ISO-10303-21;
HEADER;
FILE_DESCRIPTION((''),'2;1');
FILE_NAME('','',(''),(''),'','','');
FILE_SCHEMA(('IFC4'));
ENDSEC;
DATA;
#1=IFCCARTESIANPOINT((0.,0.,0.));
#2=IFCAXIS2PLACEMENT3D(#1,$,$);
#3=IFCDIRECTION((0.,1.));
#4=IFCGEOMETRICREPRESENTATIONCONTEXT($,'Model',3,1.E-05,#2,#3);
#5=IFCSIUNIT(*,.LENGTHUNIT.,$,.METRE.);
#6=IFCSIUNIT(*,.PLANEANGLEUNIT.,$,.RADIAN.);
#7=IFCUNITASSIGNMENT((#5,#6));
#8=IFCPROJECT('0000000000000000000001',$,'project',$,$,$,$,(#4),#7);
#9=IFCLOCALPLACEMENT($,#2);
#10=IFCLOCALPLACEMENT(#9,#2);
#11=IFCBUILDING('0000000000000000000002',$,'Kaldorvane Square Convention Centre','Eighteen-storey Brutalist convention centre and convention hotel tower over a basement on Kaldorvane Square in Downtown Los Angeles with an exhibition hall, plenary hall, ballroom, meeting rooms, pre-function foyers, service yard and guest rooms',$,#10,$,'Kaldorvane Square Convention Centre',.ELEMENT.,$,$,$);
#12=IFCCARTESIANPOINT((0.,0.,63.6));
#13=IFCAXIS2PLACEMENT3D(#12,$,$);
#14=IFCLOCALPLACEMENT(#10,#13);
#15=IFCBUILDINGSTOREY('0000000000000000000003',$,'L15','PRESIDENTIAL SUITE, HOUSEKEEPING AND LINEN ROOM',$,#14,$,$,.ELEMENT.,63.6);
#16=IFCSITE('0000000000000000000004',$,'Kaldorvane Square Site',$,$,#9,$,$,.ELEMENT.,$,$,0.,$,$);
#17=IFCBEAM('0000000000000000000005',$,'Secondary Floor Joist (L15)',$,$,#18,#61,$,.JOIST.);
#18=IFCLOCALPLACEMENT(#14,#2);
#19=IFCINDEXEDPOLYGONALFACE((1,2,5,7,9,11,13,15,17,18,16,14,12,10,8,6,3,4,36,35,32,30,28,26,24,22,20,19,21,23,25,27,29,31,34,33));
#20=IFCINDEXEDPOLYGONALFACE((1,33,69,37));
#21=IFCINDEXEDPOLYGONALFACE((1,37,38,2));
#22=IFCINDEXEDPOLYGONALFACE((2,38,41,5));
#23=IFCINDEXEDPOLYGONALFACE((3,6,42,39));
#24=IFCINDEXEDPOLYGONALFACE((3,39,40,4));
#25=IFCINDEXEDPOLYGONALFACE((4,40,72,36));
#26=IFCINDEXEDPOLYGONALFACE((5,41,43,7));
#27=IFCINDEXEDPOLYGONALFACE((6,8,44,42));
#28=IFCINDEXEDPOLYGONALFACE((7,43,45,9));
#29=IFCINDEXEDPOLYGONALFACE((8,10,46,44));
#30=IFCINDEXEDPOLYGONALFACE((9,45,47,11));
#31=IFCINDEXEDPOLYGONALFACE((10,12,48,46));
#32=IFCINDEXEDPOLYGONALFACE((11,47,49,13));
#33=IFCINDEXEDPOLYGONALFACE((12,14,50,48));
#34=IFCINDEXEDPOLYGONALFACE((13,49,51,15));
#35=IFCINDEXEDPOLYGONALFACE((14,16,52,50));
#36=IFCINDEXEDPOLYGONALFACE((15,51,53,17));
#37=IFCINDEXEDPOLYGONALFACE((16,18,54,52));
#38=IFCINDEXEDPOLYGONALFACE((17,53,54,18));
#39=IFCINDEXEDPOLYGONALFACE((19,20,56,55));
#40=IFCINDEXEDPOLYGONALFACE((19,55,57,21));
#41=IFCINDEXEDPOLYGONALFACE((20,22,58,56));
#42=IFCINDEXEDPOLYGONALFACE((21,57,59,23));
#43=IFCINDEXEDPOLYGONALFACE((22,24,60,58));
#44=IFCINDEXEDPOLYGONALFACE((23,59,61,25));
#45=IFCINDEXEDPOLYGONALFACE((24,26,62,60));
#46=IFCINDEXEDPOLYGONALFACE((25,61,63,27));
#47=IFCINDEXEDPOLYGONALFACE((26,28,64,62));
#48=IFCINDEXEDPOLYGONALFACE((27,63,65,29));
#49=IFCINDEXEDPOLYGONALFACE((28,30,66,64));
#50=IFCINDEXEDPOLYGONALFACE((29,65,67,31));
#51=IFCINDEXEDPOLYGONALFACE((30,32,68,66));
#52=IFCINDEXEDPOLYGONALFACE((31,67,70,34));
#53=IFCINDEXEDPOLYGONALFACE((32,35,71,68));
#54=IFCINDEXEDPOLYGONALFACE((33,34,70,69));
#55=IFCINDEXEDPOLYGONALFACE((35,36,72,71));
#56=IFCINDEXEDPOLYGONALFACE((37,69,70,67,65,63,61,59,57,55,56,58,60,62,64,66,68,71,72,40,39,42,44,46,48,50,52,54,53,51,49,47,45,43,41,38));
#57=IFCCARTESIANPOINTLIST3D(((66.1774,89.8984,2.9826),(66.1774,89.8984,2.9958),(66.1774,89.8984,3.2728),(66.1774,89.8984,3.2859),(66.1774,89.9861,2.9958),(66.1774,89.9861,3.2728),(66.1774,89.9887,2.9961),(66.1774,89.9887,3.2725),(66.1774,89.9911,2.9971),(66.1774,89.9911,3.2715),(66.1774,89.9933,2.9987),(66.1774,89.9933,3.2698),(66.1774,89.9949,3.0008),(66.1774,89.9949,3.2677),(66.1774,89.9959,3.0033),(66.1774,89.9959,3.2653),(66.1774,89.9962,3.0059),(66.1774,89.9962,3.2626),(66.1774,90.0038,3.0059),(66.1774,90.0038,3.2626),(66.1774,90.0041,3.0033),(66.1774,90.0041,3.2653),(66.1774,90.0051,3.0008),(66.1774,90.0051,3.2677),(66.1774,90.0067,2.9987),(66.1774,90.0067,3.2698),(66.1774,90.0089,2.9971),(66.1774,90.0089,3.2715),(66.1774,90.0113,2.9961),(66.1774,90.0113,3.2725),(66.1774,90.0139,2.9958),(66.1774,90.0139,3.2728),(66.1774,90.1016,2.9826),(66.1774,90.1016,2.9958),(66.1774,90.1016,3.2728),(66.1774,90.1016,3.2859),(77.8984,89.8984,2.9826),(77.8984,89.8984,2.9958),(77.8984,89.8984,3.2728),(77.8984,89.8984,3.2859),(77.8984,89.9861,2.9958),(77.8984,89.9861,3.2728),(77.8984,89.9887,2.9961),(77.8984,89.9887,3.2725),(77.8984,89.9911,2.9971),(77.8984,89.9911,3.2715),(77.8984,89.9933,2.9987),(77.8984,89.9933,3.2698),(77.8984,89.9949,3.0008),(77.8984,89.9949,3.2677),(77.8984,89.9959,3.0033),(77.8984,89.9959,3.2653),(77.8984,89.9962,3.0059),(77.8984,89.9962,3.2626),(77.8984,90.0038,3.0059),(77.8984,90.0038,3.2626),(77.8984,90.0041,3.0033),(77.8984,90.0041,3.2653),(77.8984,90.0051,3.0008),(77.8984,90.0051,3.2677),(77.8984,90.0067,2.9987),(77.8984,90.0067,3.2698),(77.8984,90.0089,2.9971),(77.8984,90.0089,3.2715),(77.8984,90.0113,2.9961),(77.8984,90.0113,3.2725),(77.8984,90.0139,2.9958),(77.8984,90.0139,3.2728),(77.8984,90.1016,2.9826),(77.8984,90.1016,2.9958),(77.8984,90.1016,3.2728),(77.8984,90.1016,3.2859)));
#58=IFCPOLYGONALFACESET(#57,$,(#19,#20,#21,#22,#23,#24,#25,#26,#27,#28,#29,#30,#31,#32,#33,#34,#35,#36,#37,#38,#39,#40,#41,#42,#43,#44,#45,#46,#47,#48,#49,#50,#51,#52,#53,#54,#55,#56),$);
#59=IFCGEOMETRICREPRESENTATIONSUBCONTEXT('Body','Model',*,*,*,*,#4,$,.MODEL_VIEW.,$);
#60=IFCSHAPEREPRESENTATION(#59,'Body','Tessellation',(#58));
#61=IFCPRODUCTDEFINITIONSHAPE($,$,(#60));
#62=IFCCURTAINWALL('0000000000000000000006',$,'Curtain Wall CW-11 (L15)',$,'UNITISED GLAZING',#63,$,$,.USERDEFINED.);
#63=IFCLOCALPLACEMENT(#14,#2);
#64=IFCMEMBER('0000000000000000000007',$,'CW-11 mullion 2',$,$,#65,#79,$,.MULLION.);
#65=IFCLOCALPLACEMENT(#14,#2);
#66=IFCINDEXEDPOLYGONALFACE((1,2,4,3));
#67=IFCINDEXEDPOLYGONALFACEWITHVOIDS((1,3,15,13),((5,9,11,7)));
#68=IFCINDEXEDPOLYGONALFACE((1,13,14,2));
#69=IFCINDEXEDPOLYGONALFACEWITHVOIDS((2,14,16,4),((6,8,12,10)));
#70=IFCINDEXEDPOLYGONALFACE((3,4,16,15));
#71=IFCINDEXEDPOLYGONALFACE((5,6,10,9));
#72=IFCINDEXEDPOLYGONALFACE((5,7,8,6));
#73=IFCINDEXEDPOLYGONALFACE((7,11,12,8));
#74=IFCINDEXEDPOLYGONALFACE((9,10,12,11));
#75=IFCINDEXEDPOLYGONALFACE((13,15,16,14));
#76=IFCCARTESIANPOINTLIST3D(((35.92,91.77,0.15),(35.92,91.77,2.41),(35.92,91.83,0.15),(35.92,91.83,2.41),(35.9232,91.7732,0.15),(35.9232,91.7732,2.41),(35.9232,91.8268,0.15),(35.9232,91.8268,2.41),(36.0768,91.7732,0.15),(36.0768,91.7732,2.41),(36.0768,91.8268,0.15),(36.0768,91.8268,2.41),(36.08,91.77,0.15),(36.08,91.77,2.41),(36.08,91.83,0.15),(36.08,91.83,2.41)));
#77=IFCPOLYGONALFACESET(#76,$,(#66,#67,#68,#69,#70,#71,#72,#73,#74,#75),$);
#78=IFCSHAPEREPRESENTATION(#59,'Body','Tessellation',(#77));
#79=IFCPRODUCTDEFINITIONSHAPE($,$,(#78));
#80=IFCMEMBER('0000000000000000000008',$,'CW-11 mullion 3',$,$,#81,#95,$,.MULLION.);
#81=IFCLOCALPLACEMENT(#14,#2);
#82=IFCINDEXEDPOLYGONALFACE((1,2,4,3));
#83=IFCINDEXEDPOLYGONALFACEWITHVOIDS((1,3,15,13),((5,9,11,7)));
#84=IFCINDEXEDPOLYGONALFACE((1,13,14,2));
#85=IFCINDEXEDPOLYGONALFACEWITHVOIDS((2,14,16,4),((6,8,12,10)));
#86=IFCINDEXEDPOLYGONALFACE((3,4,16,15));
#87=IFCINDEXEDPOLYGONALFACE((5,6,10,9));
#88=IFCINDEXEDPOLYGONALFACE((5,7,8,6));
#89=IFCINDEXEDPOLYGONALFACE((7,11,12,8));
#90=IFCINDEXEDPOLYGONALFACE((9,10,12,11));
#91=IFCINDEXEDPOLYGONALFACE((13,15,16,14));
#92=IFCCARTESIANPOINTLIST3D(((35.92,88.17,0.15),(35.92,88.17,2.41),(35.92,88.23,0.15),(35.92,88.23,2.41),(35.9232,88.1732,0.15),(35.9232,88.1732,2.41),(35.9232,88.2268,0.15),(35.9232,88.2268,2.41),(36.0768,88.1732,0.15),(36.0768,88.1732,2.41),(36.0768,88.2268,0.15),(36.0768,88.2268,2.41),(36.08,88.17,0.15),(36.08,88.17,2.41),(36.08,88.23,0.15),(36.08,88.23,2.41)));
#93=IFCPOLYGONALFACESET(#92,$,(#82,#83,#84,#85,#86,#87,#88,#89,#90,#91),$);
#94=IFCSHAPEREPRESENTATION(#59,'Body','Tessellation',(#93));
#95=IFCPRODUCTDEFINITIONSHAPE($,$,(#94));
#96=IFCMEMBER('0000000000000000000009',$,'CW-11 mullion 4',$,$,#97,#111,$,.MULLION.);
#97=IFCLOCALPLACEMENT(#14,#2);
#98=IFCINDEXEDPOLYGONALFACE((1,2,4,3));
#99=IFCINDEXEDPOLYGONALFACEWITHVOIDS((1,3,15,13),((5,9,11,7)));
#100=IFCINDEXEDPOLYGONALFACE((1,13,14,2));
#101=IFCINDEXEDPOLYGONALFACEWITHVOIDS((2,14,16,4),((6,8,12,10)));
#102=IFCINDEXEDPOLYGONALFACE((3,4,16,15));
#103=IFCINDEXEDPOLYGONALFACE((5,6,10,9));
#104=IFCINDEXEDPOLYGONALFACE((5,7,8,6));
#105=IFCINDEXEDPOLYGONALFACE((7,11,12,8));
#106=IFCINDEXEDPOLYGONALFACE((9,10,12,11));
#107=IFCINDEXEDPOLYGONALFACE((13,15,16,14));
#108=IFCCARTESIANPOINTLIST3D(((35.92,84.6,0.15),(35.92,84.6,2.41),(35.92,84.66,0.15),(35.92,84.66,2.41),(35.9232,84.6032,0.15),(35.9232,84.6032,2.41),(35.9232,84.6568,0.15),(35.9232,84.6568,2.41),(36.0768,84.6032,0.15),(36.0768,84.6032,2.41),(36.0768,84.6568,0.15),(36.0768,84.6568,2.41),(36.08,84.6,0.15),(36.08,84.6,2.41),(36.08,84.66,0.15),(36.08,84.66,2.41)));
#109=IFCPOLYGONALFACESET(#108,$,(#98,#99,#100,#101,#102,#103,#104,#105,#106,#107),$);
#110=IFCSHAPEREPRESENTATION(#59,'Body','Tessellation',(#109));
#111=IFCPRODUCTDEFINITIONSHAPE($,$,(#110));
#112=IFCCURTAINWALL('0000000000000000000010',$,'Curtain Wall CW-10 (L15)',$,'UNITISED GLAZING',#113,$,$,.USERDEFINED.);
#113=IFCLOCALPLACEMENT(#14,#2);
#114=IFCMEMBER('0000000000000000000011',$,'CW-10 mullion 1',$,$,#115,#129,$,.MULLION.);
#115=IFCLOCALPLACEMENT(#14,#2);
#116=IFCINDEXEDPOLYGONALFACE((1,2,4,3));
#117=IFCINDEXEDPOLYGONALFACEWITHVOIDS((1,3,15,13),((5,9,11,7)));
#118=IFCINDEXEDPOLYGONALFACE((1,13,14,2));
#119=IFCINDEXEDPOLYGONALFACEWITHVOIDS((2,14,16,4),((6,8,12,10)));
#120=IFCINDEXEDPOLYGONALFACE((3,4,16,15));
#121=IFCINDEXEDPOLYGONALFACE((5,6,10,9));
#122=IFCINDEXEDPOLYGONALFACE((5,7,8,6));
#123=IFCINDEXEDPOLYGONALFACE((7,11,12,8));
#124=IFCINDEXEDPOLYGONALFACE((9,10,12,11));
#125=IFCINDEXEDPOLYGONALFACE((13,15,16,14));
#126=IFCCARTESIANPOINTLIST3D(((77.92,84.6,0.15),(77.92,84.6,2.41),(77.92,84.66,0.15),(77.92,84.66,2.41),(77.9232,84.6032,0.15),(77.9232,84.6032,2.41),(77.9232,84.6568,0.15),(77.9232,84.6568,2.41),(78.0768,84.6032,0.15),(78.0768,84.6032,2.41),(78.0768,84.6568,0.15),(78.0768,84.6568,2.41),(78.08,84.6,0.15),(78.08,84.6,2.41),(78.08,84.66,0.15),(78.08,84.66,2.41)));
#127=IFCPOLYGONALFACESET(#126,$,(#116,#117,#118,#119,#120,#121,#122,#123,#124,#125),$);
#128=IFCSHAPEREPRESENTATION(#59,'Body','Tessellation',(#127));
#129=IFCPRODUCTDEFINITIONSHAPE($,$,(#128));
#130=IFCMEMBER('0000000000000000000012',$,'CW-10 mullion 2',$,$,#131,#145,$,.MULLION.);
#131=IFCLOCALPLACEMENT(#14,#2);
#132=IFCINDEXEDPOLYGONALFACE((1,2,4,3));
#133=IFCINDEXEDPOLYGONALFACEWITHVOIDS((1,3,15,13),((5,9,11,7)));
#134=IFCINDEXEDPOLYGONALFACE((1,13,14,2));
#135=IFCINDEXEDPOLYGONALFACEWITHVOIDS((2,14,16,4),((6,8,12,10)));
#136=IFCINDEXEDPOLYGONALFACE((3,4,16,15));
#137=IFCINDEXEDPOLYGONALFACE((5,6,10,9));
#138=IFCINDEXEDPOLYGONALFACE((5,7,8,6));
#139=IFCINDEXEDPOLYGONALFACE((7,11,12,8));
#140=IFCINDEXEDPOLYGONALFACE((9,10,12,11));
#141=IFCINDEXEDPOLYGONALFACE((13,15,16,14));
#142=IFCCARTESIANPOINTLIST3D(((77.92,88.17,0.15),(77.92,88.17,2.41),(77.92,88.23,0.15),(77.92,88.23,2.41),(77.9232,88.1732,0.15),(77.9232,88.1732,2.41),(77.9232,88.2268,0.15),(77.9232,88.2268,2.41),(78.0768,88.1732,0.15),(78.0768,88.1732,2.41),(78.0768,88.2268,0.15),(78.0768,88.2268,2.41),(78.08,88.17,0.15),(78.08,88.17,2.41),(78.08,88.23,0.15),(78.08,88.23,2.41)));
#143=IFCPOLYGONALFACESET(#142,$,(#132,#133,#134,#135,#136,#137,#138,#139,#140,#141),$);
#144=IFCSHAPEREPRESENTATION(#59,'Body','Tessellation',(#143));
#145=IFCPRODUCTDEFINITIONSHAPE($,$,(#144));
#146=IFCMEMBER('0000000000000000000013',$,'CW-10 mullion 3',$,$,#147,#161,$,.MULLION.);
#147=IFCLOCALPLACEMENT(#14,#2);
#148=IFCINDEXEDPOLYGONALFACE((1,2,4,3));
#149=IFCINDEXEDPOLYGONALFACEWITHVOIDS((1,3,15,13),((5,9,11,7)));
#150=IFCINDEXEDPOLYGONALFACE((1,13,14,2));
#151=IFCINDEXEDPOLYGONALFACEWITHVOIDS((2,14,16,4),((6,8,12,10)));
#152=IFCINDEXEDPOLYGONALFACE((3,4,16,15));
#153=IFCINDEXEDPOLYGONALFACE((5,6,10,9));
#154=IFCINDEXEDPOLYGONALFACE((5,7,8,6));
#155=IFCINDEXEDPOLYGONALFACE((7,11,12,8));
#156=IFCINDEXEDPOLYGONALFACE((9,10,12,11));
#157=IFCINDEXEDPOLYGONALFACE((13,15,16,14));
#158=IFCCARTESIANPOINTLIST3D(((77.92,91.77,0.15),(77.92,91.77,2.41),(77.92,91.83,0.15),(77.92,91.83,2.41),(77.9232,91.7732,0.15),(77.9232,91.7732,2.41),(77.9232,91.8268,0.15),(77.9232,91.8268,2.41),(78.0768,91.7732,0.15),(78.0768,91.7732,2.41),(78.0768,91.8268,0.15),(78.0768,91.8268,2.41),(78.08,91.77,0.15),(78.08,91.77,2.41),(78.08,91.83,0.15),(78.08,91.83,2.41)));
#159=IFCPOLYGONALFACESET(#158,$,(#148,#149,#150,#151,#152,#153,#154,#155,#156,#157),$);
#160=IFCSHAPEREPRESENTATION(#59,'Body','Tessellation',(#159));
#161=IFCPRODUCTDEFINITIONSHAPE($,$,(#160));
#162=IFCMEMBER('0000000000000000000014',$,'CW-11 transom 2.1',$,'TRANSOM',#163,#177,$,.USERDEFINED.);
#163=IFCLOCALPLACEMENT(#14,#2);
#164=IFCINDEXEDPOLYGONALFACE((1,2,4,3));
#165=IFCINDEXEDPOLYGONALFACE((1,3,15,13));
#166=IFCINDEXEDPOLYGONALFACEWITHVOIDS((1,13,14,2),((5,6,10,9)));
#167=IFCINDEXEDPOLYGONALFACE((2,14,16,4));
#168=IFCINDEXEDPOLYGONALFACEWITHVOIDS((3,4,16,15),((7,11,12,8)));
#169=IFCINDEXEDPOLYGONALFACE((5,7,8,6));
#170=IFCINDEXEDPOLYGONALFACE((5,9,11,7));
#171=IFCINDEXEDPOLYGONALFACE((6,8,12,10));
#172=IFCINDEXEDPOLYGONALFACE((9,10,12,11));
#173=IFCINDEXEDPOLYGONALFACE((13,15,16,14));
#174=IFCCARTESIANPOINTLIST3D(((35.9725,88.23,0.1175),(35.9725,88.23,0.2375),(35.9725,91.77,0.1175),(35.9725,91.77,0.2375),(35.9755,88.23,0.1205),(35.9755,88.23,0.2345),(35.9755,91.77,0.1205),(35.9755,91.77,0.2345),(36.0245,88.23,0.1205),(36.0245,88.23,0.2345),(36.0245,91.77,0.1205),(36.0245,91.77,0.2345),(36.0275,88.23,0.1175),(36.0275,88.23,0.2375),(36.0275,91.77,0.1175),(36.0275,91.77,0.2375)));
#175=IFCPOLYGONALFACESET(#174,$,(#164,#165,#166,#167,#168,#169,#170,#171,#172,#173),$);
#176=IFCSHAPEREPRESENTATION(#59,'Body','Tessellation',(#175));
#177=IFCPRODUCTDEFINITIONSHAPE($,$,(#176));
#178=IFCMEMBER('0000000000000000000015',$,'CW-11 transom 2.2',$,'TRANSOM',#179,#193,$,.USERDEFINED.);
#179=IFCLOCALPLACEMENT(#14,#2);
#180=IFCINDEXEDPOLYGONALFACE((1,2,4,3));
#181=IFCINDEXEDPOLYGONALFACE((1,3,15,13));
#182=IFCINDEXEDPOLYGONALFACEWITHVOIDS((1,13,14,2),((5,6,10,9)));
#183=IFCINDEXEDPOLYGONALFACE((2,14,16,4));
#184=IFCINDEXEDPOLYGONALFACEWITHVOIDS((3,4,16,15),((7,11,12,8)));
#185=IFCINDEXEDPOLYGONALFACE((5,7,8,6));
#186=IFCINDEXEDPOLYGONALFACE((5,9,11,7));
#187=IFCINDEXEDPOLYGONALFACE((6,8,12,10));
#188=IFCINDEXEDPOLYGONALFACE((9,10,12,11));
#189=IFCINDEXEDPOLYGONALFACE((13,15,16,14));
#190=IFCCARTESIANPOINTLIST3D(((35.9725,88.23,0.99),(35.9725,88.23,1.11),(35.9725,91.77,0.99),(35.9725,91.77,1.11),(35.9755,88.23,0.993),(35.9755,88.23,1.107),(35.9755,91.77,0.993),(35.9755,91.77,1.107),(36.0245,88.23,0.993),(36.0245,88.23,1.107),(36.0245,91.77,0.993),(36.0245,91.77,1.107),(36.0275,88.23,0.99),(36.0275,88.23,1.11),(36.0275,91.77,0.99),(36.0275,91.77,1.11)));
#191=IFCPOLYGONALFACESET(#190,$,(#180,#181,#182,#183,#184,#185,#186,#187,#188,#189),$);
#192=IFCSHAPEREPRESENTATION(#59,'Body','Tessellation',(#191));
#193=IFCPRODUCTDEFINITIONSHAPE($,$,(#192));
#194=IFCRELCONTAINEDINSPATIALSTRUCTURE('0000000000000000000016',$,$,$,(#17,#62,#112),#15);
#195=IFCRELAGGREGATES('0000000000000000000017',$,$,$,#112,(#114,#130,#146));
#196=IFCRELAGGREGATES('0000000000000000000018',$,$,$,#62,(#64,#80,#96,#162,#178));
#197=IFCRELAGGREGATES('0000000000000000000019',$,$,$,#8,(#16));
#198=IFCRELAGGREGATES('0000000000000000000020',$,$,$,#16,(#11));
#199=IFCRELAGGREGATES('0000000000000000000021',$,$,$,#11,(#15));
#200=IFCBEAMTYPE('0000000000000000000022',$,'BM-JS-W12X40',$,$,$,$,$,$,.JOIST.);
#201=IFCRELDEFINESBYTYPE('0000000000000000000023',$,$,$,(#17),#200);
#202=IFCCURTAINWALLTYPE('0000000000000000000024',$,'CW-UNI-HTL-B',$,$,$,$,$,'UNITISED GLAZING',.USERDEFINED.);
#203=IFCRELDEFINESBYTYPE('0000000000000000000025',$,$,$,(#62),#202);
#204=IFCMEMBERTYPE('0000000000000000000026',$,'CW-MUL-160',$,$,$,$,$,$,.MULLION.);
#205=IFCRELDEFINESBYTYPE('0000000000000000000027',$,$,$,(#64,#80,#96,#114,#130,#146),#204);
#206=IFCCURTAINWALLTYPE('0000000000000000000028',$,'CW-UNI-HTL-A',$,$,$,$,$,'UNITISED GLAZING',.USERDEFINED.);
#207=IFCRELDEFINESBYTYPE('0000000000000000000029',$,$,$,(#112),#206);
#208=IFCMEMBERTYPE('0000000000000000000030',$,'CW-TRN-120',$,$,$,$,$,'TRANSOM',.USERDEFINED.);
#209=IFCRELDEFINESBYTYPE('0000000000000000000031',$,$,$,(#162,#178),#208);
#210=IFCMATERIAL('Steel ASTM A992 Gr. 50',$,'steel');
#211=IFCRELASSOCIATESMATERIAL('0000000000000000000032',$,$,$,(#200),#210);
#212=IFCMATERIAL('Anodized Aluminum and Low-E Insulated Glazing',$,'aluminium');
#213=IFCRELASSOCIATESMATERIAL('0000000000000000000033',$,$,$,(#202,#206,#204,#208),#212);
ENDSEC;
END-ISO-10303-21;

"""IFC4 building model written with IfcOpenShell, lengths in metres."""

from ifc_helpers import new_model, si_unit, direction, frame, origin, origin_2d, place, context, subcontext, project, spatial, hollow_rectangle, i_section, extrude, material, material_profile, profile_set, type_object, element, aggregate, save


model = new_model("IFC4")

# Units and contexts
model_context = context("Model", 3, precision=1e-05, world=origin(), true_north=direction((0.0, 1.0)))
body_context = subcontext(model_context, "Body", "Model", "MODEL_VIEW")
ifc_project = project(units=[si_unit("LENGTHUNIT", "METRE"), si_unit("PLANEANGLEUNIT", "RADIAN")], contexts=[model_context])

# Site, building, storey
site_placement = place(None, origin())
site = spatial("IfcSite", under=ifc_project, at=site_placement, Name="Kaldorvane Square Site", CompositionType="ELEMENT", RefElevation=0.0)
building_placement = place(site_placement, origin())
building = spatial("IfcBuilding", under=site, at=building_placement, Name="Kaldorvane Square Convention Centre", Description="Eighteen-storey Brutalist convention centre and convention hotel tower over a basement on Kaldorvane Square in Downtown Los Angeles with an exhibition hall, plenary hall, ballroom, meeting rooms, pre-function foyers, service yard and guest rooms", LongName="Kaldorvane Square Convention Centre", CompositionType="ELEMENT")
storey_placement = place(building_placement, frame((0.0, 0.0, 63.6)))
storey = spatial("IfcBuildingStorey", under=building, at=storey_placement, Name="L15", Description="PRESIDENTIAL SUITE, HOUSEKEEPING AND LINEN ROOM", CompositionType="ELEMENT", Elevation=63.6)

# Beam
ifc_material_1 = material(Name="Steel ASTM A992 Gr. 50", Category="steel")
ifc_material_profile_1 = material_profile(ifc_material_1, i_section(OverallWidth=0.2033, OverallDepth=0.3033, WebThickness=0.0075, FlangeThickness=0.0131, FilletRadius=0.0102, at=origin_2d()), Name="W12X40")
ifc_profile_set_1 = profile_set([ifc_material_profile_1], Name="Steel ASTM A992 Gr. 50")
beam_type = type_object("IfcBeamType", Name="BM-JS-W12X40", PredefinedType="JOIST", material=ifc_profile_set_1)
beam_placement = place(storey_placement, frame((66.1774, 90.0, 3.1343), z_axis=(1.0, 0.0, 0.0), x_axis=(0.0, 1.0, 0.0)))
element("IfcBeam", 1, at=beam_placement, inside=storey, type_object=beam_type, Name="Secondary Floor Joist (L15)", PredefinedType="JOIST", context=body_context, shape_type="SweptSolid", body=[
    extrude(i_section(OverallWidth=0.2033, OverallDepth=0.3033, WebThickness=0.0075, FlangeThickness=0.0131, FilletRadius=0.0102, at=origin_2d()), origin(), (0.0, 0.0, 1.0), 11.721),
])

# Curtain walls, members
ifc_material_2 = material(Name="Anodized Aluminum and Low-E Insulated Glazing", Category="aluminium")
curtain_wall_type_1 = type_object("IfcCurtainWallType", Name="CW-UNI-HTL-B", ElementType="UNITISED GLAZING", PredefinedType="USERDEFINED", material=ifc_material_2)
curtain_wall_1_placement = place(storey_placement, origin())
curtain_wall_1 = element("IfcCurtainWall", 2, at=curtain_wall_1_placement, inside=storey, type_object=curtain_wall_type_1, Name="Curtain Wall CW-11 (L15)", ObjectType="UNITISED GLAZING", PredefinedType="USERDEFINED")
ifc_material_profile_2 = material_profile(ifc_material_2, hollow_rectangle(XDim=0.06, YDim=0.16, WallThickness=0.0032, at=origin_2d()), Name="CWM-160X60")
ifc_profile_set_2 = profile_set([ifc_material_profile_2], Name="Anodized Aluminum and Low-E Insulated Glazing")
member_type_1 = type_object("IfcMemberType", Name="CW-MUL-160", PredefinedType="MULLION", material=ifc_profile_set_2)
member_1_placement = place(storey_placement, frame((36.0, 91.8, 0.15), z_axis=(0.0, 0.0, 1.0), x_axis=(0.0, -1.0, 0.0)))
member_1 = element("IfcMember", 3, at=member_1_placement, type_object=member_type_1, Name="CW-11 mullion 2", PredefinedType="MULLION", context=body_context, shape_type="SweptSolid", body=[
    extrude(hollow_rectangle(XDim=0.06, YDim=0.16, WallThickness=0.0032, at=origin_2d()), origin(), (0.0, 0.0, 1.0), 2.26),
])
member_2_placement = place(storey_placement, frame((36.0, 88.2, 0.15), z_axis=(0.0, 0.0, 1.0), x_axis=(0.0, -1.0, 0.0)))
member_2 = element("IfcMember", 4, at=member_2_placement, type_object=member_type_1, Name="CW-11 mullion 3", PredefinedType="MULLION", context=body_context, shape_type="SweptSolid", body=[
    extrude(hollow_rectangle(XDim=0.06, YDim=0.16, WallThickness=0.0032, at=origin_2d()), origin(), (0.0, 0.0, 1.0), 2.26),
])
member_3_placement = place(storey_placement, frame((36.0, 84.63, 0.15), z_axis=(0.0, 0.0, 1.0), x_axis=(0.0, -1.0, 0.0)))
member_3 = element("IfcMember", 5, at=member_3_placement, type_object=member_type_1, Name="CW-11 mullion 4", PredefinedType="MULLION", context=body_context, shape_type="SweptSolid", body=[
    extrude(hollow_rectangle(XDim=0.06, YDim=0.16, WallThickness=0.0032, at=origin_2d()), origin(), (0.0, 0.0, 1.0), 2.26),
])
curtain_wall_type_2 = type_object("IfcCurtainWallType", Name="CW-UNI-HTL-A", ElementType="UNITISED GLAZING", PredefinedType="USERDEFINED", material=ifc_material_2)
curtain_wall_2_placement = place(storey_placement, origin())
curtain_wall_2 = element("IfcCurtainWall", 6, at=curtain_wall_2_placement, inside=storey, type_object=curtain_wall_type_2, Name="Curtain Wall CW-10 (L15)", ObjectType="UNITISED GLAZING", PredefinedType="USERDEFINED")
member_4_placement = place(storey_placement, frame((78.0, 84.63, 0.15), z_axis=(0.0, 0.0, 1.0), x_axis=(0.0, 1.0, 0.0)))
member_4 = element("IfcMember", 7, at=member_4_placement, type_object=member_type_1, Name="CW-10 mullion 1", PredefinedType="MULLION", context=body_context, shape_type="SweptSolid", body=[
    extrude(hollow_rectangle(XDim=0.06, YDim=0.16, WallThickness=0.0032, at=origin_2d()), origin(), (0.0, 0.0, 1.0), 2.26),
])
member_5_placement = place(storey_placement, frame((78.0, 88.2, 0.15), z_axis=(0.0, 0.0, 1.0), x_axis=(0.0, 1.0, 0.0)))
member_5 = element("IfcMember", 8, at=member_5_placement, type_object=member_type_1, Name="CW-10 mullion 2", PredefinedType="MULLION", context=body_context, shape_type="SweptSolid", body=[
    extrude(hollow_rectangle(XDim=0.06, YDim=0.16, WallThickness=0.0032, at=origin_2d()), origin(), (0.0, 0.0, 1.0), 2.26),
])
member_6_placement = place(storey_placement, frame((78.0, 91.8, 0.15), z_axis=(0.0, 0.0, 1.0), x_axis=(0.0, 1.0, 0.0)))
member_6 = element("IfcMember", 9, at=member_6_placement, type_object=member_type_1, Name="CW-10 mullion 3", PredefinedType="MULLION", context=body_context, shape_type="SweptSolid", body=[
    extrude(hollow_rectangle(XDim=0.06, YDim=0.16, WallThickness=0.0032, at=origin_2d()), origin(), (0.0, 0.0, 1.0), 2.26),
])

# Members
ifc_material_profile_3 = material_profile(ifc_material_2, hollow_rectangle(XDim=0.055, YDim=0.12, WallThickness=0.003, at=origin_2d()), Name="CWT-120X55")
ifc_profile_set_3 = profile_set([ifc_material_profile_3], Name="Anodized Aluminum and Low-E Insulated Glazing")
member_type_2 = type_object("IfcMemberType", Name="CW-TRN-120", ElementType="TRANSOM", PredefinedType="USERDEFINED", material=ifc_profile_set_3)
member_7_placement = place(storey_placement, frame((36.0, 91.77, 0.1775), z_axis=(0.0, -1.0, 0.0), x_axis=(1.0, 0.0, 0.0)))
member_7 = element("IfcMember", 10, at=member_7_placement, type_object=member_type_2, Name="CW-11 transom 2.1", ObjectType="TRANSOM", PredefinedType="USERDEFINED", context=body_context, shape_type="SweptSolid", body=[
    extrude(hollow_rectangle(XDim=0.055, YDim=0.12, WallThickness=0.003, at=origin_2d()), origin(), (0.0, 0.0, 1.0), 3.54),
])
member_8_placement = place(storey_placement, frame((36.0, 91.77, 1.05), z_axis=(0.0, -1.0, 0.0), x_axis=(1.0, 0.0, 0.0)))
member_8 = element("IfcMember", 11, at=member_8_placement, type_object=member_type_2, Name="CW-11 transom 2.2", ObjectType="TRANSOM", PredefinedType="USERDEFINED", context=body_context, shape_type="SweptSolid", body=[
    extrude(hollow_rectangle(XDim=0.055, YDim=0.12, WallThickness=0.003, at=origin_2d()), origin(), (0.0, 0.0, 1.0), 3.54),
])

aggregate(curtain_wall_2, [member_4, member_5, member_6])
aggregate(curtain_wall_1, [member_1, member_2, member_3, member_7, member_8])

save(model, "model.ifc")
